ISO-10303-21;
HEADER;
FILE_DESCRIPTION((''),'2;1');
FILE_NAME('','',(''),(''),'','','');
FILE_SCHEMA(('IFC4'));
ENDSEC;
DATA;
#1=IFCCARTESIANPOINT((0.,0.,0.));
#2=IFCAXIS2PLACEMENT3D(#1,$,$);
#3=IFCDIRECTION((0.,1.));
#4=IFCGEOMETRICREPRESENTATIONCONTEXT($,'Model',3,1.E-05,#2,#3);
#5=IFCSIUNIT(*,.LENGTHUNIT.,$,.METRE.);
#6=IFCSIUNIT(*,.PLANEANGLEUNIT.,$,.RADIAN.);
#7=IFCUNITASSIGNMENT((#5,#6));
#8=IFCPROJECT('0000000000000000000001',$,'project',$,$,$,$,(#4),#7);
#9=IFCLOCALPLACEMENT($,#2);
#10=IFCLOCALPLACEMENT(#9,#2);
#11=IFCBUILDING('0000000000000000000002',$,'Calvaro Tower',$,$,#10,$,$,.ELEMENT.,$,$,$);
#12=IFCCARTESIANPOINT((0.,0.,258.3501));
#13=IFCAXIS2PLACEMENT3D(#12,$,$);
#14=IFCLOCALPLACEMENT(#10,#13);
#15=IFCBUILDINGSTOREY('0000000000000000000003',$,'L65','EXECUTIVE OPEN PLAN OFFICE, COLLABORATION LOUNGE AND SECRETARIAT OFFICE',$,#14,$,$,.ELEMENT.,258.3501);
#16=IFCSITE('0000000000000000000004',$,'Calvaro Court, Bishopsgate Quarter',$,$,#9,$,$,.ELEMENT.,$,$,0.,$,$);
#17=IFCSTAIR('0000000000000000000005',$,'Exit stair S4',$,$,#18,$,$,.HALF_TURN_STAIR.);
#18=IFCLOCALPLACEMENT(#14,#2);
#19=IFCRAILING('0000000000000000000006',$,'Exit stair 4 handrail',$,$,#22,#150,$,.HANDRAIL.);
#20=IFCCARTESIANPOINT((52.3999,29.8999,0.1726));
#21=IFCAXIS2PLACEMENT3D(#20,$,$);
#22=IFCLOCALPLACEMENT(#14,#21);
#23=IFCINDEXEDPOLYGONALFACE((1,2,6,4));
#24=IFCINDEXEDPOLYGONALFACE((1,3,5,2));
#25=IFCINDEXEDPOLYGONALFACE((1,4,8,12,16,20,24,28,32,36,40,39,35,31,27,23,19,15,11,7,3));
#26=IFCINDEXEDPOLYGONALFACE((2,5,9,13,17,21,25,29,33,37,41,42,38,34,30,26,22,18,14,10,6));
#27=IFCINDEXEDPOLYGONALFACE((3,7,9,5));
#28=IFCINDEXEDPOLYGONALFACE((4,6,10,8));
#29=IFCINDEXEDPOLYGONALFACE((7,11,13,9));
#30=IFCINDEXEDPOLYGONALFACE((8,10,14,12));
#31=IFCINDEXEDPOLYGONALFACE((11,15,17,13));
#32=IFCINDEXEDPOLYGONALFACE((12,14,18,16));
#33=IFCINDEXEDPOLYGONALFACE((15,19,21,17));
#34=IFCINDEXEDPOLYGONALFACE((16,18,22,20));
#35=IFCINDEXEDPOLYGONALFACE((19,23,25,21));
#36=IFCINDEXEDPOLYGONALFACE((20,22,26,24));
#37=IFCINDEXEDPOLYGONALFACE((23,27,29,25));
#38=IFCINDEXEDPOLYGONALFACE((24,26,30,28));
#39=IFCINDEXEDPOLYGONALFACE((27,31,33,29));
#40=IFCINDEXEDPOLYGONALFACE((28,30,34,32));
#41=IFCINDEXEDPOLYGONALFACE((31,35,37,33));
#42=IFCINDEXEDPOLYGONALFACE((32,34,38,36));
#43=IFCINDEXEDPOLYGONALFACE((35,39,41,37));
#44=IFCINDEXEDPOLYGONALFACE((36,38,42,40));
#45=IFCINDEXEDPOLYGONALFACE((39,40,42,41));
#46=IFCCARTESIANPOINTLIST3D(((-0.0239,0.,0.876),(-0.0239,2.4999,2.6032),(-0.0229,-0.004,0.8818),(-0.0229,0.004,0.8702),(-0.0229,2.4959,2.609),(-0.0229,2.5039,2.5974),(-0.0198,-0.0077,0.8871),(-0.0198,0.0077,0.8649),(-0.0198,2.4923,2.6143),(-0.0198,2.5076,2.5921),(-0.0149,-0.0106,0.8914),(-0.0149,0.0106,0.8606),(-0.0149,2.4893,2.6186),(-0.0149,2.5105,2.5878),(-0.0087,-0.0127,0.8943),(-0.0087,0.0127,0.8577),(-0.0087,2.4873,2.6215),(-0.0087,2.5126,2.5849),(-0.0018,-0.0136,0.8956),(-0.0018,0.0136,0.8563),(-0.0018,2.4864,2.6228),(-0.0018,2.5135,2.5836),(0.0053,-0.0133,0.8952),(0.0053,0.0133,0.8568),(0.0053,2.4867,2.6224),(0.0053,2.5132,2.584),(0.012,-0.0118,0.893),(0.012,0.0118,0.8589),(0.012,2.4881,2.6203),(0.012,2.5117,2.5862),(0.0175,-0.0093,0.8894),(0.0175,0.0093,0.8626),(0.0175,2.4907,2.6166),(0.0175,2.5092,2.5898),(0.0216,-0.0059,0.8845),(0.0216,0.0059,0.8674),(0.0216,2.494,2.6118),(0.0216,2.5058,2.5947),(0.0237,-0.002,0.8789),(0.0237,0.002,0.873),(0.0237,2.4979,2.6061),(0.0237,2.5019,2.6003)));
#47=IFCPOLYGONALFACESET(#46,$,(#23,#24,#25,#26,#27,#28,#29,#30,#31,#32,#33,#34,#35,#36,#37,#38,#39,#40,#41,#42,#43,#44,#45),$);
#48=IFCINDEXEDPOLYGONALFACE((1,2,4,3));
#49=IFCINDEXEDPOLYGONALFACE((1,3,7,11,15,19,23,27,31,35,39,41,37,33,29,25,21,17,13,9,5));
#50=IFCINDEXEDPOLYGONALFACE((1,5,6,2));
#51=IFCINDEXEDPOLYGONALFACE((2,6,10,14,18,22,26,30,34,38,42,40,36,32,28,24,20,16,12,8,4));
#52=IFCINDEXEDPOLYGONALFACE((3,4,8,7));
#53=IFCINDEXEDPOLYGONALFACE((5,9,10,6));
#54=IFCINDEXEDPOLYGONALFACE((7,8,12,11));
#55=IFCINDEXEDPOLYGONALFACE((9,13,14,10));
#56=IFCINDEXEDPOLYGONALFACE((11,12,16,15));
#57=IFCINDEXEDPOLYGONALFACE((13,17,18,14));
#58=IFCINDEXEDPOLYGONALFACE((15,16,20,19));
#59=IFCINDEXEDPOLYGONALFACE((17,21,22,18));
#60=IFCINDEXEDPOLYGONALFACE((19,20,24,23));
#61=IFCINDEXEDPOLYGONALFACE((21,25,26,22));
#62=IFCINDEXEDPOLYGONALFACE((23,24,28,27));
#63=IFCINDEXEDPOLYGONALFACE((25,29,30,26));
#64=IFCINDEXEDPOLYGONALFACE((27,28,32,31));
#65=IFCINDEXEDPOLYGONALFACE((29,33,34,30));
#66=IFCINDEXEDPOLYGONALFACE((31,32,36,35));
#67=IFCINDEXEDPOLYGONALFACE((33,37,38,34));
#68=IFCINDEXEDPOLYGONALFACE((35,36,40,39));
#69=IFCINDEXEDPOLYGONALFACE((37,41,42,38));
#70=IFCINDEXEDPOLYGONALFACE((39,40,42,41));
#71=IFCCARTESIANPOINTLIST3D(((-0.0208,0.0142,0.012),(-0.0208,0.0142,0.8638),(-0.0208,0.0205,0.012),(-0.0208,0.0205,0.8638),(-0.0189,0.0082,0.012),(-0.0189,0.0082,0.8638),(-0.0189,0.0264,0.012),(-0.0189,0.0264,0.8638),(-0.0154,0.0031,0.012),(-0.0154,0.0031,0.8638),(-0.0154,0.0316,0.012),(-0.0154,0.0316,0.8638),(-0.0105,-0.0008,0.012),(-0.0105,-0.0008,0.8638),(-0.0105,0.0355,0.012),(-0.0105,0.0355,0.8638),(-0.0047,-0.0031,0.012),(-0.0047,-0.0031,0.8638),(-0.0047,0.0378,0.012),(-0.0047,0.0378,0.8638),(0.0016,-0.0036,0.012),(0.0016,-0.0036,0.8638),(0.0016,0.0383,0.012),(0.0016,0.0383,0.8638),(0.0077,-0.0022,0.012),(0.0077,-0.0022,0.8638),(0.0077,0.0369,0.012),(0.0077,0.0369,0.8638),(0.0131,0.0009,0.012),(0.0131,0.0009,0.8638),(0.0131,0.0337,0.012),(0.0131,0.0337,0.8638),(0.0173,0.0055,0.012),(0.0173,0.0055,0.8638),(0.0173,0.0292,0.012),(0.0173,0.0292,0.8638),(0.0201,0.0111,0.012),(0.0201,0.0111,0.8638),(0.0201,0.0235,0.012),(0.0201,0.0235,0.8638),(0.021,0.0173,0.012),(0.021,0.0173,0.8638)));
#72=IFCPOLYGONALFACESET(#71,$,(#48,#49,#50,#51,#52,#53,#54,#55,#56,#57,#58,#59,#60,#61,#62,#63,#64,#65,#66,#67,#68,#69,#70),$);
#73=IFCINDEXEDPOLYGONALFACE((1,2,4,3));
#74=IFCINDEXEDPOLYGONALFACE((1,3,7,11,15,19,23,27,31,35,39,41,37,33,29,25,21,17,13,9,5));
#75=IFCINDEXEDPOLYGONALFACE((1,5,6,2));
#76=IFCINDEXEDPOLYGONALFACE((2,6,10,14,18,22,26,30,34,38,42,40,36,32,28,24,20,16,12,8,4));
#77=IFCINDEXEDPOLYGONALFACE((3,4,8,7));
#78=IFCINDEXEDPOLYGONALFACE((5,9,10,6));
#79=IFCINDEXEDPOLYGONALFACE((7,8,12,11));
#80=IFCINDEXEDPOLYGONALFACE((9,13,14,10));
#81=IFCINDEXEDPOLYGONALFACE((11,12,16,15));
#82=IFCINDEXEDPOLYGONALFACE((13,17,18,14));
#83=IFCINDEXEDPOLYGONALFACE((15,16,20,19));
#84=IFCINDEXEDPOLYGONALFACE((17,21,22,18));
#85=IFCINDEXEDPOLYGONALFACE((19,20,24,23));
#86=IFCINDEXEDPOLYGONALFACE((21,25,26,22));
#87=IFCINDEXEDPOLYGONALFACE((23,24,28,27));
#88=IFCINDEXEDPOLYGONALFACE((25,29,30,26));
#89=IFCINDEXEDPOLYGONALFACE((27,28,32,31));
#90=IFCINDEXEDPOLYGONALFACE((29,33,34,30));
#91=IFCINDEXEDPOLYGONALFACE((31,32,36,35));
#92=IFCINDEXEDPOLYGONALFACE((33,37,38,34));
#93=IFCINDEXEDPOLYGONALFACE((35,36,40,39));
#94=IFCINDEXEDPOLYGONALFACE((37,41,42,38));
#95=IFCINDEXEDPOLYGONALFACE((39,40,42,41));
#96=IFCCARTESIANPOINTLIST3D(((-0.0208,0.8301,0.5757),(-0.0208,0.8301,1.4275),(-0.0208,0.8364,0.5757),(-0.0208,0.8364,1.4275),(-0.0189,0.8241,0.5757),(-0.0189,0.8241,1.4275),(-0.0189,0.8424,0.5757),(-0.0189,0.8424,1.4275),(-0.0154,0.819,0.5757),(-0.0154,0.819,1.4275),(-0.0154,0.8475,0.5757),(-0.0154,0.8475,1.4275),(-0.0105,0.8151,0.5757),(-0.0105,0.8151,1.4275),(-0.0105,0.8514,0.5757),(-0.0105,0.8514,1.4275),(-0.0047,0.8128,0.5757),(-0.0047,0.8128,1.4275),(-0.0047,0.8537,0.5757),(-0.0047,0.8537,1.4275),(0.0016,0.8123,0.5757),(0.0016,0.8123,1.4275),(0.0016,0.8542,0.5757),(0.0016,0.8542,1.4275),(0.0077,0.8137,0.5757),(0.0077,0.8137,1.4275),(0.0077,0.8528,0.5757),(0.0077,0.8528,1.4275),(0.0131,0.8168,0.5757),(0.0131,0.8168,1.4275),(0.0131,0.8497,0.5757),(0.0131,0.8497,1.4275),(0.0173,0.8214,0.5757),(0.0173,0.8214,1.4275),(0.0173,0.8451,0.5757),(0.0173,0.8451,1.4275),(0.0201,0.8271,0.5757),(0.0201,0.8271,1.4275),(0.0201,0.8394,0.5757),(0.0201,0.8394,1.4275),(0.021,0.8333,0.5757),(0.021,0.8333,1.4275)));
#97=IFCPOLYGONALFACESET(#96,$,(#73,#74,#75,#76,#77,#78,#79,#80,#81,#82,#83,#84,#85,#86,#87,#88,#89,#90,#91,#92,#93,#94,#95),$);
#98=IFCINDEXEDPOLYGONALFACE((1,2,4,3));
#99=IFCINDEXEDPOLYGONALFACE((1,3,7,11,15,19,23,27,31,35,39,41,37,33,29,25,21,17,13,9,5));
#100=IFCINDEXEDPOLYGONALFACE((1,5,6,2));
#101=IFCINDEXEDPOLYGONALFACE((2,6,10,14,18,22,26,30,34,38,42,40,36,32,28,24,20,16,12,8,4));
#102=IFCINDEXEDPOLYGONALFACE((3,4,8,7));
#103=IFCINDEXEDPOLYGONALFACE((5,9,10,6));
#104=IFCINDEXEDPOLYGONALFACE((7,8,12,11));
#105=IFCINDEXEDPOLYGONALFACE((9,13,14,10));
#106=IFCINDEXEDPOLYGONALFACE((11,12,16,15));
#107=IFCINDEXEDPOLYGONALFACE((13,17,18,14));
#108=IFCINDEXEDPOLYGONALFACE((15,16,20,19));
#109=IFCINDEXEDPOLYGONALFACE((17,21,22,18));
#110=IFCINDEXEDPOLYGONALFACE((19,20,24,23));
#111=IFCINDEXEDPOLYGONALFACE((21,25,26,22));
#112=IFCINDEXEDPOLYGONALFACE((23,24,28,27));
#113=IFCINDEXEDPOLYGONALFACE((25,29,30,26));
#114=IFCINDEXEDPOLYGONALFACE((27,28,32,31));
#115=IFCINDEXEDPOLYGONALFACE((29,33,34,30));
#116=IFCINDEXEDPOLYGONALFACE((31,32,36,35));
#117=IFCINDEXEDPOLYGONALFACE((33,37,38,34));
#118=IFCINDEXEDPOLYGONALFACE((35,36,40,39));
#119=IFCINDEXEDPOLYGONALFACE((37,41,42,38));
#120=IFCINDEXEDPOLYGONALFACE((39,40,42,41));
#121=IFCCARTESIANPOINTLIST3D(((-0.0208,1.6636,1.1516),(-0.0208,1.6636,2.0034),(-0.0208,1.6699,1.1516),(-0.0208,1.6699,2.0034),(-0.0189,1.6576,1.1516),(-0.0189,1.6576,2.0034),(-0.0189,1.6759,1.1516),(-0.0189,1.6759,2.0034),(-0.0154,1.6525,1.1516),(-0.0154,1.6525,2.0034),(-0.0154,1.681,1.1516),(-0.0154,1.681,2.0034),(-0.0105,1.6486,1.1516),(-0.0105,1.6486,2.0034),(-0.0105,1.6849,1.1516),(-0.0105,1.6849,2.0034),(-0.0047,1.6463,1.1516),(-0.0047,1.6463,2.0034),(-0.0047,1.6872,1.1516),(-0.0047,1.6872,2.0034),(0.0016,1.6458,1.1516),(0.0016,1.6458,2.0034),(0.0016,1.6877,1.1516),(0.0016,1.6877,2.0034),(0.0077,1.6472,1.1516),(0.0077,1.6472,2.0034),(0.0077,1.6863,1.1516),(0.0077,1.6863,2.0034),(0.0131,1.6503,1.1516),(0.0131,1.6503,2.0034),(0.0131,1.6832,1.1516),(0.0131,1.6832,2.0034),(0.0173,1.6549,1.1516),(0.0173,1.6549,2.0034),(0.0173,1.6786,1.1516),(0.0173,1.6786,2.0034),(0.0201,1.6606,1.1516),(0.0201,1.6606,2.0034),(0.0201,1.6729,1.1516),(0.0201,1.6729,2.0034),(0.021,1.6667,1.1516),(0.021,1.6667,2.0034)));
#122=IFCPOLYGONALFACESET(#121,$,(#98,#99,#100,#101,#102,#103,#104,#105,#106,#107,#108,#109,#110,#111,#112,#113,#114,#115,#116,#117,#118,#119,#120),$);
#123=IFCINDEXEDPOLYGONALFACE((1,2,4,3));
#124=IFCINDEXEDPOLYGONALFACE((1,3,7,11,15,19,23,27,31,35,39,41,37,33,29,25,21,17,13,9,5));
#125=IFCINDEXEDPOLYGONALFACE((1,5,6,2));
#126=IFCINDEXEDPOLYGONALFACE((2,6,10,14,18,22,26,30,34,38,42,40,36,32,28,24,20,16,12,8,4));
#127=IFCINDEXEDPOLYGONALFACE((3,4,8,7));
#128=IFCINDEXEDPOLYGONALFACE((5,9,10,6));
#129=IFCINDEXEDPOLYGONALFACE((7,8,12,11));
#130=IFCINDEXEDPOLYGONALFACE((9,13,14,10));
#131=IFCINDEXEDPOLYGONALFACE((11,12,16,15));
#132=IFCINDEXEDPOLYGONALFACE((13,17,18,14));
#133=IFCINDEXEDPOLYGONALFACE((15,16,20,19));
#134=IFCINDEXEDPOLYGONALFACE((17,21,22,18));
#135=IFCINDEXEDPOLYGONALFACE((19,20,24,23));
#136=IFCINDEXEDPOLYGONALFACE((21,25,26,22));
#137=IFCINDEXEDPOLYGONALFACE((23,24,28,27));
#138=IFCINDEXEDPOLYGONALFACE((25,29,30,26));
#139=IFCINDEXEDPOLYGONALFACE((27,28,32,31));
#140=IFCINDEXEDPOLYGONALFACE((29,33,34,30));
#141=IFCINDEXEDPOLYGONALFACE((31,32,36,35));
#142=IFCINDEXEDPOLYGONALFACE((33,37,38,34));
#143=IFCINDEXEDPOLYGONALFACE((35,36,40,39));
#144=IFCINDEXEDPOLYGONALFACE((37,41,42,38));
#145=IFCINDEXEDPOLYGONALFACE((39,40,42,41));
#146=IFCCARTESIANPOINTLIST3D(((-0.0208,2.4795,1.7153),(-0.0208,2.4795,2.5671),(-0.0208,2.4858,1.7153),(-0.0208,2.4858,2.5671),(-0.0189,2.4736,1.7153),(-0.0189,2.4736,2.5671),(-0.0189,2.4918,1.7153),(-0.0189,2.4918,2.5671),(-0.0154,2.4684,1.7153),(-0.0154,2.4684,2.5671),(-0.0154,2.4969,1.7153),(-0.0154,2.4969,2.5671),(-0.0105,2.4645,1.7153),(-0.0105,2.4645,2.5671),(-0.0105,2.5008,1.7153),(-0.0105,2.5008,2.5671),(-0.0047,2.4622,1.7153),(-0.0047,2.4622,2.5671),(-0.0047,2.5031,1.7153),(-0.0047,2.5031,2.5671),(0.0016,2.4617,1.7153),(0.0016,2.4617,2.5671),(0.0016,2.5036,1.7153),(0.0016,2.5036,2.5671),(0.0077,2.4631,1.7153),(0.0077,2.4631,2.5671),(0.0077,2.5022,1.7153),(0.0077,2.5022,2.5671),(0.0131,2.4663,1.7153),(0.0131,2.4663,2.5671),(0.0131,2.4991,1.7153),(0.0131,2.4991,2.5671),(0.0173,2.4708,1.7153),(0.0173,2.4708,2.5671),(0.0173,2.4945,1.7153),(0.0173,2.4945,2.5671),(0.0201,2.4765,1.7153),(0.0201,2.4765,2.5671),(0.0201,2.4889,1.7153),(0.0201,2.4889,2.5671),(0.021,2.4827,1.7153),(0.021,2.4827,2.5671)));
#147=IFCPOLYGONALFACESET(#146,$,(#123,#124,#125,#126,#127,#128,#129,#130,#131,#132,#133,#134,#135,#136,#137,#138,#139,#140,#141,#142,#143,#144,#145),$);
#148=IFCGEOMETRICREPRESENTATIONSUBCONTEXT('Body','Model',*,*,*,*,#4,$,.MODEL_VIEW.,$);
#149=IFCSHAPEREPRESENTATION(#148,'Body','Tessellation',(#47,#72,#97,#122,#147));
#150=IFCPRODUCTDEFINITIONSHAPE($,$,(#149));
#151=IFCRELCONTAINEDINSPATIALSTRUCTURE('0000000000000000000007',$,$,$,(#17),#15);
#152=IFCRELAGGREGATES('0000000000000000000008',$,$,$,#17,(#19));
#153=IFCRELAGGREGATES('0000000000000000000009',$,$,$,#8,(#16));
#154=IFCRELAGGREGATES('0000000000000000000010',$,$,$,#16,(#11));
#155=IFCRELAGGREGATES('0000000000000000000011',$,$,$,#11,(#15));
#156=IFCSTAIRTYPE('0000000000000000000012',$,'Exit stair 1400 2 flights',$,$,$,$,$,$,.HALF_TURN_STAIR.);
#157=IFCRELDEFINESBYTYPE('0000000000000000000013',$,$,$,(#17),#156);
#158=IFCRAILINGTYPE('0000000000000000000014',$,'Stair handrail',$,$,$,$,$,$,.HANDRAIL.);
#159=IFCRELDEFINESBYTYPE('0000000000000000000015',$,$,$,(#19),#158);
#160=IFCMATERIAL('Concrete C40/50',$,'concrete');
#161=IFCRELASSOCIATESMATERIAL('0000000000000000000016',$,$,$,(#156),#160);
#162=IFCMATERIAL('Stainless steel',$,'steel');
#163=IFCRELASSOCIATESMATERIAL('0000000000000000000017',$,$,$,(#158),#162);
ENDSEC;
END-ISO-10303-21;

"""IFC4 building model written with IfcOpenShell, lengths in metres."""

from ifc_helpers import new_model, si_unit, direction, frame, origin, origin_2d, place, context, subcontext, project, spatial, circle, extrude, material, type_object, element, aggregate, save


model = new_model("IFC4")

# Units and contexts
model_context = context("Model", 3, precision=1e-05, world=origin(), true_north=direction((0.0, 1.0)))
body_context = subcontext(model_context, "Body", "Model", "MODEL_VIEW")
ifc_project = project(units=[si_unit("LENGTHUNIT", "METRE"), si_unit("PLANEANGLEUNIT", "RADIAN")], contexts=[model_context])

# Site, building, storey
site_placement = place(None, origin())
site = spatial("IfcSite", under=ifc_project, at=site_placement, Name="Calvaro Court, Bishopsgate Quarter", CompositionType="ELEMENT", RefElevation=0.0)
building_placement = place(site_placement, origin())
building = spatial("IfcBuilding", under=site, at=building_placement, Name="Calvaro Tower", CompositionType="ELEMENT")
storey_placement = place(building_placement, frame((0.0, 0.0, 258.3501)))
storey = spatial("IfcBuildingStorey", under=building, at=storey_placement, Name="L65", Description="EXECUTIVE OPEN PLAN OFFICE, COLLABORATION LOUNGE AND SECRETARIAT OFFICE", CompositionType="ELEMENT", Elevation=258.3501)

# Stair
ifc_material_1 = material(Name="Concrete C40/50", Category="concrete")
stair_type = type_object("IfcStairType", Name="Exit stair 1400 2 flights", PredefinedType="HALF_TURN_STAIR", material=ifc_material_1)
stair_1_placement = place(storey_placement, origin())
stair_1 = element("IfcStair", 1, at=stair_1_placement, inside=storey, type_object=stair_type, Name="Exit stair S4", PredefinedType="HALF_TURN_STAIR")

# Railing
ifc_material_2 = material(Name="Stainless steel", Category="steel")
railing_type = type_object("IfcRailingType", Name="Stair handrail", PredefinedType="HANDRAIL", material=ifc_material_2)
railing_1_placement = place(storey_placement, frame((52.3999, 29.8999, 0.1726)))
railing_1 = element("IfcRailing", 2, at=railing_1_placement, type_object=railing_type, Name="Exit stair 4 handrail", PredefinedType="HANDRAIL", context=body_context, shape_type="SweptSolid", body=[
    extrude(circle(Radius=0.0239, at=origin_2d()), frame((0.0, 0.0, 0.876), z_axis=(0.0, 0.822727, 0.568437), x_axis=(-1.0, 0.0, 0.0)), (0.0, 0.0, 1.0), 3.0386),
    extrude(circle(Radius=0.021, at=origin_2d()), frame((0.0, 0.0173, 0.012)), (0.0, 0.0, 1.0), 0.8518),
    extrude(circle(Radius=0.021, at=origin_2d()), frame((0.0, 0.8333, 0.5757)), (0.0, 0.0, 1.0), 0.8518),
    extrude(circle(Radius=0.021, at=origin_2d()), frame((0.0, 1.6667, 1.1516)), (0.0, 0.0, 1.0), 0.8518),
    extrude(circle(Radius=0.021, at=origin_2d()), frame((0.0, 2.4827, 1.7153)), (0.0, 0.0, 1.0), 0.8518),
])
aggregate(stair_1, [railing_1])

save(model, "model.ifc")
